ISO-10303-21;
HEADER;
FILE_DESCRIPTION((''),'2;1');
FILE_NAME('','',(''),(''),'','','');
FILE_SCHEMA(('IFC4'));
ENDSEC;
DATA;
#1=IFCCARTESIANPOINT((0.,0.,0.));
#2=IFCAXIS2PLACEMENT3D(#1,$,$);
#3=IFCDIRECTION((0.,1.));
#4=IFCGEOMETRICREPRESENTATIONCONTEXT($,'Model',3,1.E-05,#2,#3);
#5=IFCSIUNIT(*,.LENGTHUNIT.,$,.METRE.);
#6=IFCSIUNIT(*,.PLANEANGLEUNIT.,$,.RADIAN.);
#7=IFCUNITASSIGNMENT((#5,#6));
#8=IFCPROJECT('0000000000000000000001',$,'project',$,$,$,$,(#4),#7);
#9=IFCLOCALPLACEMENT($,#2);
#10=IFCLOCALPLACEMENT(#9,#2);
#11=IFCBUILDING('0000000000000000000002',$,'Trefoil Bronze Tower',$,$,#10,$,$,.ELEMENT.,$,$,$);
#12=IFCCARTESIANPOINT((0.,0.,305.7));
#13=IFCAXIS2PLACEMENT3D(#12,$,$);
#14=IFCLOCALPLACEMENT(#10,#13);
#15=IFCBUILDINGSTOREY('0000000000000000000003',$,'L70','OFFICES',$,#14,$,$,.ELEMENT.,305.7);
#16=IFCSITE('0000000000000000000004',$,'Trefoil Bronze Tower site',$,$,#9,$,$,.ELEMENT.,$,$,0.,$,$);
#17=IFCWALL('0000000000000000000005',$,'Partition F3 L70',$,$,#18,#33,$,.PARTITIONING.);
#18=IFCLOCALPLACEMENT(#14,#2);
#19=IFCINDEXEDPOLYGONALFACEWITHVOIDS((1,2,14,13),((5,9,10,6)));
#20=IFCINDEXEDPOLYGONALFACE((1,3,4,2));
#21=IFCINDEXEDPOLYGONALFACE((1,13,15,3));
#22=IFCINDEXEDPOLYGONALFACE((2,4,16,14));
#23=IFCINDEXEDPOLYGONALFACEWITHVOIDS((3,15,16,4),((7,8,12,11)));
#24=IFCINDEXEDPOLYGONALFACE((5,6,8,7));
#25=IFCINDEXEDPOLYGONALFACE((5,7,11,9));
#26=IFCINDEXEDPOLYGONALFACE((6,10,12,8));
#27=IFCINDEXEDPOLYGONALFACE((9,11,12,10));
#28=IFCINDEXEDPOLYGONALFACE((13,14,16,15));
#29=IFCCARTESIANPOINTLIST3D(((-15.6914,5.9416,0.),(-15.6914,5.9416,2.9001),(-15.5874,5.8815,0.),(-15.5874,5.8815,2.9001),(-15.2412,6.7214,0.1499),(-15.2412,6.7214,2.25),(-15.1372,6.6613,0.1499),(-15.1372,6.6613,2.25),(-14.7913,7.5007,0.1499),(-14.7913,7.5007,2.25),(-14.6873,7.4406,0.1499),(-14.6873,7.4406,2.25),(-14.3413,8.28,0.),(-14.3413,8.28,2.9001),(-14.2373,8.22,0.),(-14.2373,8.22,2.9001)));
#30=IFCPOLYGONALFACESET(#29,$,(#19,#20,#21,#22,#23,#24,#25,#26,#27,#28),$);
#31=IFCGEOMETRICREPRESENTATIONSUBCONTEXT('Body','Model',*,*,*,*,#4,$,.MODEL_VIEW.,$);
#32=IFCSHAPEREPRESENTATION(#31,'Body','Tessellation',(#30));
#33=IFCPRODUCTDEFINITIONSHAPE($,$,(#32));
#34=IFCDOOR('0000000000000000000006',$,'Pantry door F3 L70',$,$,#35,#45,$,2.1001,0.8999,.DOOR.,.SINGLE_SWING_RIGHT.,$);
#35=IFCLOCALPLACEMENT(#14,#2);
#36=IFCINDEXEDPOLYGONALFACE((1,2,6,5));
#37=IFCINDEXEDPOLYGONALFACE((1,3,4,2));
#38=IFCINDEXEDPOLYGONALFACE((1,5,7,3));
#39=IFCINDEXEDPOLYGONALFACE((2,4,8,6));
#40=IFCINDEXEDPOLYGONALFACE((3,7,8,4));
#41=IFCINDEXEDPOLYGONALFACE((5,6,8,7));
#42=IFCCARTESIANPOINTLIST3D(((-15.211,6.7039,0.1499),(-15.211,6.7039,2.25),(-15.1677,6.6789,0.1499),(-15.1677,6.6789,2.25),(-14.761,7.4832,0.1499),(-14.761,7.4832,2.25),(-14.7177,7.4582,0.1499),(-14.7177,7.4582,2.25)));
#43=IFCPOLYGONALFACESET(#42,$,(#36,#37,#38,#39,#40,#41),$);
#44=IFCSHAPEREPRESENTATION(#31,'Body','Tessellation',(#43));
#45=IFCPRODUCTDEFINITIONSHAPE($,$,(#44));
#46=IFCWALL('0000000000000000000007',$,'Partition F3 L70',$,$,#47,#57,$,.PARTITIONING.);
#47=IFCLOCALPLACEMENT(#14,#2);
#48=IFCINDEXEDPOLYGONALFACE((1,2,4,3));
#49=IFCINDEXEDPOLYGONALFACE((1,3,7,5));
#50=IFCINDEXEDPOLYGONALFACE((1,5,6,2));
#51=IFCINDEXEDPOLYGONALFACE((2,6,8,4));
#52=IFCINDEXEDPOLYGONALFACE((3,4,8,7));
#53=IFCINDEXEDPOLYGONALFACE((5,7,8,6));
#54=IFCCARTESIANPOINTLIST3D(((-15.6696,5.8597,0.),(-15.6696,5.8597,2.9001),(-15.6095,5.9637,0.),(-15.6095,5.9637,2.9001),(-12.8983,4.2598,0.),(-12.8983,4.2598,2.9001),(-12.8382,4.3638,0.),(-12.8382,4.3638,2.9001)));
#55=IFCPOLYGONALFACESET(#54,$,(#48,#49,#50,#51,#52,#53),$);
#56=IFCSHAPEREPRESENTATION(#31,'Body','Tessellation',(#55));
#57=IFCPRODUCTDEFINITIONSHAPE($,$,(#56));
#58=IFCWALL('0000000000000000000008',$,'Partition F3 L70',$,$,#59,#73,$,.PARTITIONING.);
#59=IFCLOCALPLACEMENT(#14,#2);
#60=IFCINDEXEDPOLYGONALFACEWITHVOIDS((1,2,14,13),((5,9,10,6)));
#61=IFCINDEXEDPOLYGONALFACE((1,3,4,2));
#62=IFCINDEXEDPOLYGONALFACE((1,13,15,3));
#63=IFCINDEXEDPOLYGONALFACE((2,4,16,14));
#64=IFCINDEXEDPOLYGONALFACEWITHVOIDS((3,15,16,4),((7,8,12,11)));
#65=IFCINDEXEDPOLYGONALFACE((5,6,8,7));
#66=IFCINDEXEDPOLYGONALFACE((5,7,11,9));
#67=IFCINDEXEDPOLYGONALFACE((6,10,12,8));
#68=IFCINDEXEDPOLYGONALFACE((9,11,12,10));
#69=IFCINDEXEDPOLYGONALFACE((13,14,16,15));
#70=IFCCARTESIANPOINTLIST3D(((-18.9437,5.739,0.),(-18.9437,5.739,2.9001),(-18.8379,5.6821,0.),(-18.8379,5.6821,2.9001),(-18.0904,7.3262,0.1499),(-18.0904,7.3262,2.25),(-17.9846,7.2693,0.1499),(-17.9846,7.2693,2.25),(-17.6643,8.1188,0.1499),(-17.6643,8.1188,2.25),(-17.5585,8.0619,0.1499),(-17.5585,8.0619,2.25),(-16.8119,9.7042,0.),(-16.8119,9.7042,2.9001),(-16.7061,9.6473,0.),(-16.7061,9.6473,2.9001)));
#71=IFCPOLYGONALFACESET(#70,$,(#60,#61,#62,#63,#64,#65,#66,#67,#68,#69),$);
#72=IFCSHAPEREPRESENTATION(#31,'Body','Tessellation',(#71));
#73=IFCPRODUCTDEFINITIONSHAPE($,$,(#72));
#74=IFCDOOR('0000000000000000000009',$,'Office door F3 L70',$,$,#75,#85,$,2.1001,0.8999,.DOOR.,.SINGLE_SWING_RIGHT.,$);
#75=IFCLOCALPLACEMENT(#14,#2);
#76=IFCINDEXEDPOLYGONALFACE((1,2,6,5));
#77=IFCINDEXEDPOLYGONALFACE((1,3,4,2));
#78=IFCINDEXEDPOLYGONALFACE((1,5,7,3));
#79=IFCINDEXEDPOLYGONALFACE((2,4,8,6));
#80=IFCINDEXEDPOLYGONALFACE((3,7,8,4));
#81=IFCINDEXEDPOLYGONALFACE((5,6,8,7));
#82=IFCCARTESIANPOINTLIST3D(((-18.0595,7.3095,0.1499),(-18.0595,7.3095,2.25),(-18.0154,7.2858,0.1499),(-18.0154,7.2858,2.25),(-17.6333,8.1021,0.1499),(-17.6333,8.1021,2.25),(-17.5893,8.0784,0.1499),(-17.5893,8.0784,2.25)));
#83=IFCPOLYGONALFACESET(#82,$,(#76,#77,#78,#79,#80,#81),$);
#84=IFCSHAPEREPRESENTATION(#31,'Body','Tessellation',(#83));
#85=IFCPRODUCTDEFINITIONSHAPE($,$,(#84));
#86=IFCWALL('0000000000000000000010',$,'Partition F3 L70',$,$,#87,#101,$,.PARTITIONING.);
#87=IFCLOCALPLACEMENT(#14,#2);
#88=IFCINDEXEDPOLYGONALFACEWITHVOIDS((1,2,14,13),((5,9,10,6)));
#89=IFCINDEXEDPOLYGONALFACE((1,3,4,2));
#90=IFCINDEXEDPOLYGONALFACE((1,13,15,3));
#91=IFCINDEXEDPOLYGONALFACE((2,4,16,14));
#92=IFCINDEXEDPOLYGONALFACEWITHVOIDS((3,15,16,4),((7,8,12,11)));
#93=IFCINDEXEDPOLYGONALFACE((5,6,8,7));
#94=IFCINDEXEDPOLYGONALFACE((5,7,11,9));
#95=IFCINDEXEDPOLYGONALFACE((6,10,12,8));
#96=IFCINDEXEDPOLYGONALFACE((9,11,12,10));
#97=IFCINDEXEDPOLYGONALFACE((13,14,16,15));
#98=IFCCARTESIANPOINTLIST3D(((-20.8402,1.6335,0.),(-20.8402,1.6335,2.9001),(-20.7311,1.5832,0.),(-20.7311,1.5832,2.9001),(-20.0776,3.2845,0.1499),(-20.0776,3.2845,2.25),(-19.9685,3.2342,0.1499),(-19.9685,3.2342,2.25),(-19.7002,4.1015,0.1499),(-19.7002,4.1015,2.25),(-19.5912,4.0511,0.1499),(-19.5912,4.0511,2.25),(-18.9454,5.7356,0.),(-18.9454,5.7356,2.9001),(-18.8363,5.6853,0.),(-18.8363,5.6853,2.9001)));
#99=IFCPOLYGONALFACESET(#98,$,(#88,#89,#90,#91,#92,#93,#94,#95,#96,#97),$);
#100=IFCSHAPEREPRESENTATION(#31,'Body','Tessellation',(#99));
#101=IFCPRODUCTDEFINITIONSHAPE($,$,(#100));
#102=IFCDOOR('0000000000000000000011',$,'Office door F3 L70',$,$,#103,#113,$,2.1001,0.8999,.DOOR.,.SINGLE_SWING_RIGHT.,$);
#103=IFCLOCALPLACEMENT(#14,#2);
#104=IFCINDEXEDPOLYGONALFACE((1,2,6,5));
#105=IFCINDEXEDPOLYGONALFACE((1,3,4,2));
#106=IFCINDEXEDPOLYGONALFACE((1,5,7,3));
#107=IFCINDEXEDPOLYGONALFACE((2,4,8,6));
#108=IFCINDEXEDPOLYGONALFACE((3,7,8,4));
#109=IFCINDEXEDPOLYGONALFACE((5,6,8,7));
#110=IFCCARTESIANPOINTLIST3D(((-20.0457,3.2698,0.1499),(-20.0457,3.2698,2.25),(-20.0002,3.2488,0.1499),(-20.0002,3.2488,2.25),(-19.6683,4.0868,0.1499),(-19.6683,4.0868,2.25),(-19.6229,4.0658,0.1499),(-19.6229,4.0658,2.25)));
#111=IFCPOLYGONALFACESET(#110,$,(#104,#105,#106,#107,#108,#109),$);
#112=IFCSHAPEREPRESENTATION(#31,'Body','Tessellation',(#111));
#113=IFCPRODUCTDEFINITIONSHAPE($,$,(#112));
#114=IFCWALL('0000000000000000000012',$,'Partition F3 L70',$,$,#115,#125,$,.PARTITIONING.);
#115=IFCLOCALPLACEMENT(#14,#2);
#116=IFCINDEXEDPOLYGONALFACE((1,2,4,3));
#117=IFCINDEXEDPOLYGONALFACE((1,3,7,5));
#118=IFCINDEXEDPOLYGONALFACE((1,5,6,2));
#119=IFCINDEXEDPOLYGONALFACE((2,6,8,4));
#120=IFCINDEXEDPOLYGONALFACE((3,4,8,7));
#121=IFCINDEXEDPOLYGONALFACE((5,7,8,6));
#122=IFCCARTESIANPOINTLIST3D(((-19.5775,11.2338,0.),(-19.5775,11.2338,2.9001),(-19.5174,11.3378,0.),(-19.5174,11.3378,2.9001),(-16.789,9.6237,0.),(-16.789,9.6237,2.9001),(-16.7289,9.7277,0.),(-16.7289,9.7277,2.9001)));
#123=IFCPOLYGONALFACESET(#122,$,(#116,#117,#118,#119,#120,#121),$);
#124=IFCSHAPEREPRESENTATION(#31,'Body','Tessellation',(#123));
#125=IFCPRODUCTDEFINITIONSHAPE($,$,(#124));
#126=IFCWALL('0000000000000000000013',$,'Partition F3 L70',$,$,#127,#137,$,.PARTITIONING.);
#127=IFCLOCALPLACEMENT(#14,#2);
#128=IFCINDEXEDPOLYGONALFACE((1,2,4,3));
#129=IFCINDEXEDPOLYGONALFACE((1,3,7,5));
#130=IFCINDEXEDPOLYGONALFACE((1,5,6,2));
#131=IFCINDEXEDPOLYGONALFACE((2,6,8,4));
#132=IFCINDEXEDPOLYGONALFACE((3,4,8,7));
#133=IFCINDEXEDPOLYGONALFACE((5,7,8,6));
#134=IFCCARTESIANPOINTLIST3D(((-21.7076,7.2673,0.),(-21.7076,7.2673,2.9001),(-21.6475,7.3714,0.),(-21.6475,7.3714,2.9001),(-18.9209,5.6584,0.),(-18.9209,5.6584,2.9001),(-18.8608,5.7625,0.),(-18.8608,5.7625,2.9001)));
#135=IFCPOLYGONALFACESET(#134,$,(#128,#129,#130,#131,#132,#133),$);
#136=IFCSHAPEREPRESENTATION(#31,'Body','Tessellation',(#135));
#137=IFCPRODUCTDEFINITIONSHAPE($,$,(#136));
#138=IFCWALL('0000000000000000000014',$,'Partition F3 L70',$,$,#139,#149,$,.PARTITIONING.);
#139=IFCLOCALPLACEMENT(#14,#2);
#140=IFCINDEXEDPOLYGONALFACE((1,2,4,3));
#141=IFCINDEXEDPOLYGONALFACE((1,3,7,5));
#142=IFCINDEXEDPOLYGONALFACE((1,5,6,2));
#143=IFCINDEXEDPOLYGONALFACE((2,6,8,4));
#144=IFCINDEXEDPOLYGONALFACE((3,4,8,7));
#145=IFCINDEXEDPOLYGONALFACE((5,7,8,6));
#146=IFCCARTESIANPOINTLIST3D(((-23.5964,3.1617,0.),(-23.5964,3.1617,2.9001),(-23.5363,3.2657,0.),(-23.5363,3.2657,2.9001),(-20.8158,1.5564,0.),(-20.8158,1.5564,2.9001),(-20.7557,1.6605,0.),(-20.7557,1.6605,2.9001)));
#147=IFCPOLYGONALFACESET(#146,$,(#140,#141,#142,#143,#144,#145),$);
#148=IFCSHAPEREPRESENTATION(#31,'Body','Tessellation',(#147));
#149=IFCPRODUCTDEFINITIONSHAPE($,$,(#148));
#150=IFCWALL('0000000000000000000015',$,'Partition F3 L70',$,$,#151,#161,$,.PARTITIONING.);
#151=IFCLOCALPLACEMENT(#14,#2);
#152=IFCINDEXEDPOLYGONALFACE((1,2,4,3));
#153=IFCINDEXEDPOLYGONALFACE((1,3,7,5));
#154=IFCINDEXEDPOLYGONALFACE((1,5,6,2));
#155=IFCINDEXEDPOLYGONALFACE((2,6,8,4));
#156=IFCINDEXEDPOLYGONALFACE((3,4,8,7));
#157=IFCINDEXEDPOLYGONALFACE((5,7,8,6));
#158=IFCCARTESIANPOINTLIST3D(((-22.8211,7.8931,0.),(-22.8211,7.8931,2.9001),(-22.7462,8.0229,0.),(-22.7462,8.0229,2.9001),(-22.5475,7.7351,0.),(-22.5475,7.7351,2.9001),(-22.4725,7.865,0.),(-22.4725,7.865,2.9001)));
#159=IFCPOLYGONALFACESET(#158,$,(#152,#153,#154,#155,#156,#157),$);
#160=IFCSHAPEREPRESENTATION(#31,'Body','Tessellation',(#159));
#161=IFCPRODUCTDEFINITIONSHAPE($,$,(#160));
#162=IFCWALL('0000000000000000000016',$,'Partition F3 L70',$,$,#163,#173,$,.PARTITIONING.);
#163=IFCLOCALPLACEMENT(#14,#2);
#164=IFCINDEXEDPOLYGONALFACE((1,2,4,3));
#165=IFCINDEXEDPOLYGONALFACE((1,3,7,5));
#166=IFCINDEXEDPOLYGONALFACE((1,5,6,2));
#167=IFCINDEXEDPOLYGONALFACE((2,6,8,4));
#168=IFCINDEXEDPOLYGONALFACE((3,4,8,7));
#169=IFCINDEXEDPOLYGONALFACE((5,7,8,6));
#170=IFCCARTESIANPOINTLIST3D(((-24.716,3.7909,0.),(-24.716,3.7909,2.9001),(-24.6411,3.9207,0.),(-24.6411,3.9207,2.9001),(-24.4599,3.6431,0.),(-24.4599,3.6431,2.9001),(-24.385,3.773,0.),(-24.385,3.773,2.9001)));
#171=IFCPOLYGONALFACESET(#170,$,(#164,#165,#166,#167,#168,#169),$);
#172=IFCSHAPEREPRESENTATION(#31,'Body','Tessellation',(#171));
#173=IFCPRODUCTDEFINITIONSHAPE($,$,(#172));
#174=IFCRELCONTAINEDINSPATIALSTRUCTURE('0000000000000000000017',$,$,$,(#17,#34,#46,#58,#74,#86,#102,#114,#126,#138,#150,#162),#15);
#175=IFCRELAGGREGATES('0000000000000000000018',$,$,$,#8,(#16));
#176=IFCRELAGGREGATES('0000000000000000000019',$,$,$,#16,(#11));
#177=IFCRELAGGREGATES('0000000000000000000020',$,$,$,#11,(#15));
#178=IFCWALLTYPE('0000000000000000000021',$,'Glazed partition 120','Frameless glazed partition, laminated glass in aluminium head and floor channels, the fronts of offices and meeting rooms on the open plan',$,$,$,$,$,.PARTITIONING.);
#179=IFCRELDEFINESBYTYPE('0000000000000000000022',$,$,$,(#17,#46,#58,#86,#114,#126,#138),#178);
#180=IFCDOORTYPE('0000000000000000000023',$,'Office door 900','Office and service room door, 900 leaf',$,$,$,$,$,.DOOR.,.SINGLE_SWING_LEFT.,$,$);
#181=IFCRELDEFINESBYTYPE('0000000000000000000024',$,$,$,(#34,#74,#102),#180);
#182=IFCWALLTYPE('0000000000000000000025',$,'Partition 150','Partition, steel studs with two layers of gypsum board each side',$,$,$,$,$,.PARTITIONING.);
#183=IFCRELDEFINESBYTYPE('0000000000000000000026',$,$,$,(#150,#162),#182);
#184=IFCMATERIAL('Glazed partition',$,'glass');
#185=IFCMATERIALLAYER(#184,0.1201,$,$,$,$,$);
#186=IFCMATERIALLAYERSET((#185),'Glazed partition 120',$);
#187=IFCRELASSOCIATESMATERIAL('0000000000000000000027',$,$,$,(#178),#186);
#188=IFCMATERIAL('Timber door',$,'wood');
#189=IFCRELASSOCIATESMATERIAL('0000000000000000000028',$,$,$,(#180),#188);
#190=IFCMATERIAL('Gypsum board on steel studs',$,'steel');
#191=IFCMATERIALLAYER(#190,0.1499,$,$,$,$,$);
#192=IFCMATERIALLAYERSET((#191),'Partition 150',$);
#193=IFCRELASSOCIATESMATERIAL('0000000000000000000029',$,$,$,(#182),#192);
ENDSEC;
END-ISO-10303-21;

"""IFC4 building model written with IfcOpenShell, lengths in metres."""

from ifc_helpers import new_model, si_unit, direction, frame, frame_2d, origin, place, context, subcontext, project, spatial, rectangle, extrude, material, layer, layer_set, type_object, element, fill, save


model = new_model("IFC4")

# Units and contexts
model_context = context("Model", 3, precision=1e-05, world=origin(), true_north=direction((0.0, 1.0)))
body_context = subcontext(model_context, "Body", "Model", "MODEL_VIEW")
ifc_project = project(units=[si_unit("LENGTHUNIT", "METRE"), si_unit("PLANEANGLEUNIT", "RADIAN")], contexts=[model_context])

# Site, building, storey
site_placement = place(None, origin())
site = spatial("IfcSite", under=ifc_project, at=site_placement, Name="Trefoil Bronze Tower site", CompositionType="ELEMENT", RefElevation=0.0)
building_placement = place(site_placement, origin())
building = spatial("IfcBuilding", under=site, at=building_placement, Name="Trefoil Bronze Tower", CompositionType="ELEMENT")
storey_placement = place(building_placement, frame((0.0, 0.0, 305.7)))
storey = spatial("IfcBuildingStorey", under=building, at=storey_placement, Name="L70", Description="OFFICES", CompositionType="ELEMENT", Elevation=305.7)

# Wall, opening, door
ifc_material_1 = material(Name="Glazed partition", Category="glass")
ifc_layer_1 = layer(ifc_material_1, 0.1201)
ifc_layer_set_1 = layer_set([ifc_layer_1], Name="Glazed partition 120")
wall_type_1 = type_object("IfcWallType", Name="Glazed partition 120", Description="Frameless glazed partition, laminated glass in aluminium head and floor channels, the fronts of offices and meeting rooms on the open plan", PredefinedType="PARTITIONING", material=ifc_layer_set_1)
wall_1_placement = place(storey_placement, frame((-14.2893, 8.25, 0.0), z_axis=(0.0, 0.0, 1.0), x_axis=(-0.500009, -0.86602, 0.0)))
wall_1 = element("IfcWall", 1, at=wall_1_placement, inside=storey, type_object=wall_type_1, Name="Partition F3 L70", PredefinedType="PARTITIONING", context=body_context, shape_type="SweptSolid", body=[
    extrude(rectangle(XDim=2.7002, YDim=0.1201, at=frame_2d((1.3501, 0.0))), origin(), (0.0, 0.0, 1.0), 2.9001),
])
opening_1_placement = place(wall_1_placement, frame((0.8999, 0.0, 0.1499)))
opening_1 = element("IfcOpeningElement", 2, at=opening_1_placement, cuts=wall_1, PredefinedType="OPENING", context=body_context, shape_type="SweptSolid", body=[
    extrude(rectangle(XDim=0.8999, YDim=2.1001, at=frame_2d((0.45, 1.05))), frame((0.0, 0.0701, 0.0), z_axis=(0.0, -1.0, 0.0), x_axis=(1.0, 0.0, 0.0)), (0.0, 0.0, 1.0), 0.1401),
])
ifc_material_2 = material(Name="Timber door", Category="wood")
door_type = type_object("IfcDoorType", Name="Office door 900", Description="Office and service room door, 900 leaf", OperationType="SINGLE_SWING_LEFT", PredefinedType="DOOR", material=ifc_material_2)
door_1_placement = place(opening_1_placement, origin())
door_1 = element("IfcDoor", 3, at=door_1_placement, inside=storey, type_object=door_type, Name="Pantry door F3 L70", OperationType="SINGLE_SWING_RIGHT", OverallHeight=2.1001, OverallWidth=0.8999, PredefinedType="DOOR", context=body_context, shape_type="SweptSolid", body=[
    extrude(rectangle(XDim=0.8999, YDim=2.1001, at=frame_2d((0.45, 1.05))), frame((0.0, 0.0249, 0.0), z_axis=(0.0, -1.0, 0.0), x_axis=(1.0, 0.0, 0.0)), (0.0, 0.0, 1.0), 0.05),
])
fill(opening_1, door_1)

# Wall
wall_2_placement = place(storey_placement, frame((-12.8682, 4.3118, 0.0), z_axis=(0.0, 0.0, 1.0), x_axis=(-0.866042, 0.499971, 0.0)))
element("IfcWall", 4, at=wall_2_placement, inside=storey, type_object=wall_type_1, Name="Partition F3 L70", PredefinedType="PARTITIONING", context=body_context, shape_type="SweptSolid", body=[
    extrude(rectangle(XDim=3.2, YDim=0.1201, at=frame_2d((1.6001, 0.0))), origin(), (0.0, 0.0, 1.0), 2.9001),
])

# Walls, openings, doors
wall_3_placement = place(storey_placement, frame((-16.759, 9.6758, 0.0), z_axis=(0.0, 0.0, 1.0), x_axis=(-0.473524, -0.880781, 0.0)))
wall_3 = element("IfcWall", 5, at=wall_3_placement, inside=storey, type_object=wall_type_1, Name="Partition F3 L70", PredefinedType="PARTITIONING", context=body_context, shape_type="SweptSolid", body=[
    extrude(rectangle(XDim=4.502, YDim=0.1201, at=frame_2d((2.251, 0.0))), origin(), (0.0, 0.0, 1.0), 2.9001),
])
opening_2_placement = place(wall_3_placement, frame((1.8, 0.0, 0.1499)))
opening_2 = element("IfcOpeningElement", 6, at=opening_2_placement, cuts=wall_3, PredefinedType="OPENING", context=body_context, shape_type="SweptSolid", body=[
    extrude(rectangle(XDim=0.8999, YDim=2.1001, at=frame_2d((0.45, 1.05))), frame((0.0, 0.0701, 0.0), z_axis=(0.0, -1.0, 0.0), x_axis=(1.0, 0.0, 0.0)), (0.0, 0.0, 1.0), 0.1401),
])
door_2_placement = place(opening_2_placement, frame((0.8999, 0.0, 0.0), z_axis=(0.0, 0.0, 1.0), x_axis=(-1.0, 0.0, 0.0)))
door_2 = element("IfcDoor", 7, at=door_2_placement, inside=storey, type_object=door_type, Name="Office door F3 L70", OperationType="SINGLE_SWING_RIGHT", OverallHeight=2.1001, OverallWidth=0.8999, PredefinedType="DOOR", context=body_context, shape_type="SweptSolid", body=[
    extrude(rectangle(XDim=0.8999, YDim=2.1001, at=frame_2d((0.45, 1.05))), frame((0.0, 0.0249, 0.0), z_axis=(0.0, -1.0, 0.0), x_axis=(1.0, 0.0, 0.0)), (0.0, 0.0, 1.0), 0.05),
])
fill(opening_2, door_2)
wall_4_placement = place(storey_placement, frame((-18.8909, 5.7104, 0.0), z_axis=(0.0, 0.0, 1.0), x_axis=(-0.419336, -0.907831, 0.0)))
wall_4 = element("IfcWall", 8, at=wall_4_placement, inside=storey, type_object=wall_type_1, Name="Partition F3 L70", PredefinedType="PARTITIONING", context=body_context, shape_type="SweptSolid", body=[
    extrude(rectangle(XDim=4.5186, YDim=0.1201, at=frame_2d((2.2593, 0.0))), origin(), (0.0, 0.0, 1.0), 2.9001),
])
opening_3_placement = place(wall_4_placement, frame((1.8, 0.0, 0.1499)))
opening_3 = element("IfcOpeningElement", 9, at=opening_3_placement, cuts=wall_4, PredefinedType="OPENING", context=body_context, shape_type="SweptSolid", body=[
    extrude(rectangle(XDim=0.8999, YDim=2.1001, at=frame_2d((0.45, 1.05))), frame((0.0, 0.0701, 0.0), z_axis=(0.0, -1.0, 0.0), x_axis=(1.0, 0.0, 0.0)), (0.0, 0.0, 1.0), 0.1401),
])
door_3_placement = place(opening_3_placement, frame((0.8999, 0.0, 0.0), z_axis=(0.0, 0.0, 1.0), x_axis=(-1.0, 0.0, 0.0)))
door_3 = element("IfcDoor", 10, at=door_3_placement, inside=storey, type_object=door_type, Name="Office door F3 L70", OperationType="SINGLE_SWING_RIGHT", OverallHeight=2.1001, OverallWidth=0.8999, PredefinedType="DOOR", context=body_context, shape_type="SweptSolid", body=[
    extrude(rectangle(XDim=0.8999, YDim=2.1001, at=frame_2d((0.45, 1.05))), frame((0.0, 0.0249, 0.0), z_axis=(0.0, -1.0, 0.0), x_axis=(1.0, 0.0, 0.0)), (0.0, 0.0, 1.0), 0.05),
])
fill(opening_3, door_3)

# Walls
wall_5_placement = place(storey_placement, frame((-16.759, 9.6758, 0.0), z_axis=(0.0, 0.0, 1.0), x_axis=(-0.866009, 0.500029, 0.0)))
element("IfcWall", 11, at=wall_5_placement, inside=storey, type_object=wall_type_1, Name="Partition F3 L70", PredefinedType="PARTITIONING", context=body_context, shape_type="SweptSolid", body=[
    extrude(rectangle(XDim=3.22, YDim=0.1201, at=frame_2d((1.6099, 0.0))), origin(), (0.0, 0.0, 1.0), 2.9001),
])
wall_6_placement = place(storey_placement, frame((-18.8909, 5.7104, 0.0), z_axis=(0.0, 0.0, 1.0), x_axis=(-0.866021, 0.500007, 0.0)))
element("IfcWall", 12, at=wall_6_placement, inside=storey, type_object=wall_type_1, Name="Partition F3 L70", PredefinedType="PARTITIONING", context=body_context, shape_type="SweptSolid", body=[
    extrude(rectangle(XDim=3.2178, YDim=0.1201, at=frame_2d((1.6089, 0.0))), origin(), (0.0, 0.0, 1.0), 2.9001),
])
wall_7_placement = place(storey_placement, frame((-20.7856, 1.6084, 0.0), z_axis=(0.0, 0.0, 1.0), x_axis=(-0.86604, 0.499975, 0.0)))
element("IfcWall", 13, at=wall_7_placement, inside=storey, type_object=wall_type_1, Name="Partition F3 L70", PredefinedType="PARTITIONING", context=body_context, shape_type="SweptSolid", body=[
    extrude(rectangle(XDim=3.2107, YDim=0.1201, at=frame_2d((1.6055, 0.0))), origin(), (0.0, 0.0, 1.0), 2.9001),
])
ifc_material_3 = material(Name="Gypsum board on steel studs", Category="steel")
ifc_layer_2 = layer(ifc_material_3, 0.1499)
ifc_layer_set_2 = layer_set([ifc_layer_2], Name="Partition 150")
wall_type_2 = type_object("IfcWallType", Name="Partition 150", Description="Partition, steel studs with two layers of gypsum board each side", PredefinedType="PARTITIONING", material=ifc_layer_set_2)
wall_8_placement = place(storey_placement, frame((-22.51, 7.8, 0.0), z_axis=(0.0, 0.0, 1.0), x_axis=(-0.866096, 0.499879, 0.0)))
element("IfcWall", 14, at=wall_8_placement, inside=storey, type_object=wall_type_2, Name="Partition F3 L70", PredefinedType="PARTITIONING", context=body_context, shape_type="SweptSolid", body=[
    extrude(rectangle(XDim=0.3159, YDim=0.1499, at=frame_2d((0.158, 0.0))), origin(), (0.0, 0.0, 1.0), 2.9001),
])
wall_9_placement = place(storey_placement, frame((-24.4224, 3.708, 0.0), z_axis=(0.0, 0.0, 1.0), x_axis=(-0.866254, 0.499603, 0.0)))
element("IfcWall", 15, at=wall_9_placement, inside=storey, type_object=wall_type_2, Name="Partition F3 L70", PredefinedType="PARTITIONING", context=body_context, shape_type="SweptSolid", body=[
    extrude(rectangle(XDim=0.2957, YDim=0.1499, at=frame_2d((0.1479, 0.0))), origin(), (0.0, 0.0, 1.0), 2.9001),
])

save(model, "model.ifc")
